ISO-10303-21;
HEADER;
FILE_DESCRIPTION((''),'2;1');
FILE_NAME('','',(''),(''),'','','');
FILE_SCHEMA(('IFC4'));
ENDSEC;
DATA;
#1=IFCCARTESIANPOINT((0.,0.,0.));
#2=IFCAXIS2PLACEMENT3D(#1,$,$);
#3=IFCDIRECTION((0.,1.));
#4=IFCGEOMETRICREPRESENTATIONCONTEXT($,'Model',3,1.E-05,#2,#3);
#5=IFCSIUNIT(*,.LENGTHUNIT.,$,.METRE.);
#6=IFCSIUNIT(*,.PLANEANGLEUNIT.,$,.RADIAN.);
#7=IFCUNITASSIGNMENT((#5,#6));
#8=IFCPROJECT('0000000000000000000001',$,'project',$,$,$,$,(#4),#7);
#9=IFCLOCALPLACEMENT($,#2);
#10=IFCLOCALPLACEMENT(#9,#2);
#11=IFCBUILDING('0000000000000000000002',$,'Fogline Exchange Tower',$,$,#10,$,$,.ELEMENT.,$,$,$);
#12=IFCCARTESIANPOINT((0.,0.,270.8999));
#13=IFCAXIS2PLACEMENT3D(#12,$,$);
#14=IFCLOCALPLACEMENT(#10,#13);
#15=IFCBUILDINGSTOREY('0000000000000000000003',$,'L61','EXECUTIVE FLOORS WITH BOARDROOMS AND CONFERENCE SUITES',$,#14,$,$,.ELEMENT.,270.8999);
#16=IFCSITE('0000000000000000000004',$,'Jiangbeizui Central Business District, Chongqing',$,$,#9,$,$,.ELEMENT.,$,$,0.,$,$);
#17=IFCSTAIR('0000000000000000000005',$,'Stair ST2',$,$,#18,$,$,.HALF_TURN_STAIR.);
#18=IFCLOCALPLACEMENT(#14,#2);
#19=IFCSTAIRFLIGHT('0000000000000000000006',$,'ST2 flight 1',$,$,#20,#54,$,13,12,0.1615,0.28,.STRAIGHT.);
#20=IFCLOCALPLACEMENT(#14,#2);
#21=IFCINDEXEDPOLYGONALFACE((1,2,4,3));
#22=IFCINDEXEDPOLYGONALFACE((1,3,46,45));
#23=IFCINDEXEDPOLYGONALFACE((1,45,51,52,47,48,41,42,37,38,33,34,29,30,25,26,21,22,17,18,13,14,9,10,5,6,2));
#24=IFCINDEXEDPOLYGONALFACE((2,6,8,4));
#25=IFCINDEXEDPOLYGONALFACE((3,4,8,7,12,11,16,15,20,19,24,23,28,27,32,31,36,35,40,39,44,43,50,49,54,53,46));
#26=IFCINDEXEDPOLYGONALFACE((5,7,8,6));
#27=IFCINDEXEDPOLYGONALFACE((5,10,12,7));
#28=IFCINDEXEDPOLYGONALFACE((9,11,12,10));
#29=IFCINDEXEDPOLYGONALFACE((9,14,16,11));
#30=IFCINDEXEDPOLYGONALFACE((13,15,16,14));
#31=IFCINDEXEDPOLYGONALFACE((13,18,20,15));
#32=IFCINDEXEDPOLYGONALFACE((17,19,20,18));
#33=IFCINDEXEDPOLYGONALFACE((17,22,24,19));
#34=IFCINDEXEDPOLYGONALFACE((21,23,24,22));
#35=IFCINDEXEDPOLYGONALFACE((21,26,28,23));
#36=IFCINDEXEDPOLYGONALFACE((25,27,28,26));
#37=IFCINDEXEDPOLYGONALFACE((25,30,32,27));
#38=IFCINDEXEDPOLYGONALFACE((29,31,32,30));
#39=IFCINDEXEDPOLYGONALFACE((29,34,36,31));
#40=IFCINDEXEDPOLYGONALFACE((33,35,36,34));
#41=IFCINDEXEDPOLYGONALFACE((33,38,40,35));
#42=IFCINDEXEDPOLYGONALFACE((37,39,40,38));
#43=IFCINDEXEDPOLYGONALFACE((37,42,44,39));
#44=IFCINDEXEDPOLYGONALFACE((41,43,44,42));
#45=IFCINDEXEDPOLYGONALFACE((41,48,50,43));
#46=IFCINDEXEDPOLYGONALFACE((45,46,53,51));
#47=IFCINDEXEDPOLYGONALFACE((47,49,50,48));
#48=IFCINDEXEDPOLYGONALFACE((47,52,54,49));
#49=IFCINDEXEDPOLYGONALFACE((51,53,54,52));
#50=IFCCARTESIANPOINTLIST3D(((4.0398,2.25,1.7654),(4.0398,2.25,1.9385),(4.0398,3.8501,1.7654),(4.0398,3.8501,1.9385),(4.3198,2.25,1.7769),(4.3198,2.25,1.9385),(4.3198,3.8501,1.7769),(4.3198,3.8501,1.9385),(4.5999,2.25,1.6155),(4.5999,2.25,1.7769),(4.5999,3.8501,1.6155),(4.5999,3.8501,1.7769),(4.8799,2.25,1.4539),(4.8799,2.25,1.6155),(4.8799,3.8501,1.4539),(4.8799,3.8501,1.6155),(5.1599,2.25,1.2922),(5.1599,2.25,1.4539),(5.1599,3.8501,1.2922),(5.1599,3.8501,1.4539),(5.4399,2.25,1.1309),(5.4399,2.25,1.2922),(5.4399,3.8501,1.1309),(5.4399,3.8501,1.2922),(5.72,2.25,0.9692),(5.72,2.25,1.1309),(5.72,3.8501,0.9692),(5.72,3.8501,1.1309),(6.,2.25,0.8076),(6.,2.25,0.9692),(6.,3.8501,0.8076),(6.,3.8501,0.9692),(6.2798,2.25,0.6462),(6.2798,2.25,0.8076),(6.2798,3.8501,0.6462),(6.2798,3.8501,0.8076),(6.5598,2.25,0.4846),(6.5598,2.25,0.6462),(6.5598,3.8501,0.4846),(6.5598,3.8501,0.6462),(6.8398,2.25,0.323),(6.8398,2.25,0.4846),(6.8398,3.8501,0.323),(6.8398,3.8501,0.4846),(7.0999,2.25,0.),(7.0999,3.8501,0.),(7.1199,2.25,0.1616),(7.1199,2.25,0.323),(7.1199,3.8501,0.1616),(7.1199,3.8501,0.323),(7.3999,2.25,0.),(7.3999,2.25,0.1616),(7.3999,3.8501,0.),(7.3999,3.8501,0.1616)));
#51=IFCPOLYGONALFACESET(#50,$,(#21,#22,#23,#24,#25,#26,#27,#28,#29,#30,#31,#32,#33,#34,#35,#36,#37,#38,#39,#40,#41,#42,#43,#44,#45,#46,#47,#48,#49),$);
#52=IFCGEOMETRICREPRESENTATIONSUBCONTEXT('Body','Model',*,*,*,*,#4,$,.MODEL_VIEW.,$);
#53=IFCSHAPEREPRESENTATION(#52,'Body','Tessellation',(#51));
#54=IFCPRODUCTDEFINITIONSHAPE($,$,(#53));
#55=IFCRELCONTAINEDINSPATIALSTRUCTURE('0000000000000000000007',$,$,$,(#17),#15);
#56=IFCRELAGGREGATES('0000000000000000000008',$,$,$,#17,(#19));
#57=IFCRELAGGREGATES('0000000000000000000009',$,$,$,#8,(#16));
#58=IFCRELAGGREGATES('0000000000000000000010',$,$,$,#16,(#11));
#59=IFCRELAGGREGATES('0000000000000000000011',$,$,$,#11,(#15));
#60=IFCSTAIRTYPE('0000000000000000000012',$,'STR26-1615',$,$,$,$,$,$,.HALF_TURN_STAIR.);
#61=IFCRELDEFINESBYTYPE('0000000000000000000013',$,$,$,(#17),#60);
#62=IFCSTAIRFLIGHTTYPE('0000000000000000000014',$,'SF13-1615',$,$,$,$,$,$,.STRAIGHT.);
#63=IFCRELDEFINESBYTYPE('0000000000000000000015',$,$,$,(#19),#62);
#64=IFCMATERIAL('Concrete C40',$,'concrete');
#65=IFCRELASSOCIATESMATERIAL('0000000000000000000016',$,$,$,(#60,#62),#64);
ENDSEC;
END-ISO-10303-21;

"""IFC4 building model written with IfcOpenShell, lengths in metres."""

from ifc_helpers import new_model, si_unit, direction, frame, origin, place, context, subcontext, project, spatial, polyline, outline, extrude, material, type_object, element, aggregate, save


model = new_model("IFC4")

# Units and contexts
model_context = context("Model", 3, precision=1e-05, world=origin(), true_north=direction((0.0, 1.0)))
body_context = subcontext(model_context, "Body", "Model", "MODEL_VIEW")
ifc_project = project(units=[si_unit("LENGTHUNIT", "METRE"), si_unit("PLANEANGLEUNIT", "RADIAN")], contexts=[model_context])

# Site, building, storey
site_placement = place(None, origin())
site = spatial("IfcSite", under=ifc_project, at=site_placement, Name="Jiangbeizui Central Business District, Chongqing", CompositionType="ELEMENT", RefElevation=0.0)
building_placement = place(site_placement, origin())
building = spatial("IfcBuilding", under=site, at=building_placement, Name="Fogline Exchange Tower", CompositionType="ELEMENT")
storey_placement = place(building_placement, frame((0.0, 0.0, 270.8999)))
storey = spatial("IfcBuildingStorey", under=building, at=storey_placement, Name="L61", Description="EXECUTIVE FLOORS WITH BOARDROOMS AND CONFERENCE SUITES", CompositionType="ELEMENT", Elevation=270.8999)

# Shared definitions
ifc_material_1 = material(Name="Concrete C40", Category="concrete")

# Stair, stair flight
stair_type = type_object("IfcStairType", Name="STR26-1615", PredefinedType="HALF_TURN_STAIR", material=ifc_material_1)
stair_placement = place(storey_placement, origin())
stair = element("IfcStair", 1, at=stair_placement, inside=storey, type_object=stair_type, Name="Stair ST2", PredefinedType="HALF_TURN_STAIR")
stair_flight_type = type_object("IfcStairFlightType", Name="SF13-1615", PredefinedType="STRAIGHT", material=ifc_material_1)
stair_flight_placement = place(storey_placement, frame((7.3999, 3.05, 0.0), z_axis=(0.0, 0.0, 1.0), x_axis=(-1.0, 0.0, 0.0)))
stair_flight = element("IfcStairFlight", 2, at=stair_flight_placement, type_object=stair_flight_type, Name="ST2 flight 1", NumberOfRisers=13, NumberOfTreads=12, PredefinedType="STRAIGHT", RiserHeight=0.1615, TreadLength=0.28, context=body_context, shape_type="SweptSolid", body=[
    extrude(outline(polyline([(0.0, 0.0), (0.0, 0.1616), (0.28, 0.1616), (0.28, 0.323), (0.5601, 0.323), (0.5601, 0.4846), (0.8401, 0.4846), (0.8401, 0.6462), (1.1201, 0.6462), (1.1201, 0.8076), (1.3999, 0.8076), (1.3999, 0.9692), (1.6799, 0.9692), (1.6799, 1.1309), (1.96, 1.1309), (1.96, 1.2922), (2.24, 1.2922), (2.24, 1.4539), (2.52, 1.4539), (2.52, 1.6155), (2.8, 1.6155), (2.8, 1.7769), (3.0801, 1.7769), (3.0801, 1.9385), (3.3601, 1.9385), (3.3601, 2.1001), (3.3601, 1.7654), (0.3, 0.0), (0.0, 0.0)])), frame((0.0, 0.8, 0.0), z_axis=(0.0, -1.0, 0.0), x_axis=(1.0, 0.0, 0.0)), (0.0, 0.0, 1.0), 1.6001),
])
aggregate(stair, [stair_flight])

save(model, "model.ifc")
